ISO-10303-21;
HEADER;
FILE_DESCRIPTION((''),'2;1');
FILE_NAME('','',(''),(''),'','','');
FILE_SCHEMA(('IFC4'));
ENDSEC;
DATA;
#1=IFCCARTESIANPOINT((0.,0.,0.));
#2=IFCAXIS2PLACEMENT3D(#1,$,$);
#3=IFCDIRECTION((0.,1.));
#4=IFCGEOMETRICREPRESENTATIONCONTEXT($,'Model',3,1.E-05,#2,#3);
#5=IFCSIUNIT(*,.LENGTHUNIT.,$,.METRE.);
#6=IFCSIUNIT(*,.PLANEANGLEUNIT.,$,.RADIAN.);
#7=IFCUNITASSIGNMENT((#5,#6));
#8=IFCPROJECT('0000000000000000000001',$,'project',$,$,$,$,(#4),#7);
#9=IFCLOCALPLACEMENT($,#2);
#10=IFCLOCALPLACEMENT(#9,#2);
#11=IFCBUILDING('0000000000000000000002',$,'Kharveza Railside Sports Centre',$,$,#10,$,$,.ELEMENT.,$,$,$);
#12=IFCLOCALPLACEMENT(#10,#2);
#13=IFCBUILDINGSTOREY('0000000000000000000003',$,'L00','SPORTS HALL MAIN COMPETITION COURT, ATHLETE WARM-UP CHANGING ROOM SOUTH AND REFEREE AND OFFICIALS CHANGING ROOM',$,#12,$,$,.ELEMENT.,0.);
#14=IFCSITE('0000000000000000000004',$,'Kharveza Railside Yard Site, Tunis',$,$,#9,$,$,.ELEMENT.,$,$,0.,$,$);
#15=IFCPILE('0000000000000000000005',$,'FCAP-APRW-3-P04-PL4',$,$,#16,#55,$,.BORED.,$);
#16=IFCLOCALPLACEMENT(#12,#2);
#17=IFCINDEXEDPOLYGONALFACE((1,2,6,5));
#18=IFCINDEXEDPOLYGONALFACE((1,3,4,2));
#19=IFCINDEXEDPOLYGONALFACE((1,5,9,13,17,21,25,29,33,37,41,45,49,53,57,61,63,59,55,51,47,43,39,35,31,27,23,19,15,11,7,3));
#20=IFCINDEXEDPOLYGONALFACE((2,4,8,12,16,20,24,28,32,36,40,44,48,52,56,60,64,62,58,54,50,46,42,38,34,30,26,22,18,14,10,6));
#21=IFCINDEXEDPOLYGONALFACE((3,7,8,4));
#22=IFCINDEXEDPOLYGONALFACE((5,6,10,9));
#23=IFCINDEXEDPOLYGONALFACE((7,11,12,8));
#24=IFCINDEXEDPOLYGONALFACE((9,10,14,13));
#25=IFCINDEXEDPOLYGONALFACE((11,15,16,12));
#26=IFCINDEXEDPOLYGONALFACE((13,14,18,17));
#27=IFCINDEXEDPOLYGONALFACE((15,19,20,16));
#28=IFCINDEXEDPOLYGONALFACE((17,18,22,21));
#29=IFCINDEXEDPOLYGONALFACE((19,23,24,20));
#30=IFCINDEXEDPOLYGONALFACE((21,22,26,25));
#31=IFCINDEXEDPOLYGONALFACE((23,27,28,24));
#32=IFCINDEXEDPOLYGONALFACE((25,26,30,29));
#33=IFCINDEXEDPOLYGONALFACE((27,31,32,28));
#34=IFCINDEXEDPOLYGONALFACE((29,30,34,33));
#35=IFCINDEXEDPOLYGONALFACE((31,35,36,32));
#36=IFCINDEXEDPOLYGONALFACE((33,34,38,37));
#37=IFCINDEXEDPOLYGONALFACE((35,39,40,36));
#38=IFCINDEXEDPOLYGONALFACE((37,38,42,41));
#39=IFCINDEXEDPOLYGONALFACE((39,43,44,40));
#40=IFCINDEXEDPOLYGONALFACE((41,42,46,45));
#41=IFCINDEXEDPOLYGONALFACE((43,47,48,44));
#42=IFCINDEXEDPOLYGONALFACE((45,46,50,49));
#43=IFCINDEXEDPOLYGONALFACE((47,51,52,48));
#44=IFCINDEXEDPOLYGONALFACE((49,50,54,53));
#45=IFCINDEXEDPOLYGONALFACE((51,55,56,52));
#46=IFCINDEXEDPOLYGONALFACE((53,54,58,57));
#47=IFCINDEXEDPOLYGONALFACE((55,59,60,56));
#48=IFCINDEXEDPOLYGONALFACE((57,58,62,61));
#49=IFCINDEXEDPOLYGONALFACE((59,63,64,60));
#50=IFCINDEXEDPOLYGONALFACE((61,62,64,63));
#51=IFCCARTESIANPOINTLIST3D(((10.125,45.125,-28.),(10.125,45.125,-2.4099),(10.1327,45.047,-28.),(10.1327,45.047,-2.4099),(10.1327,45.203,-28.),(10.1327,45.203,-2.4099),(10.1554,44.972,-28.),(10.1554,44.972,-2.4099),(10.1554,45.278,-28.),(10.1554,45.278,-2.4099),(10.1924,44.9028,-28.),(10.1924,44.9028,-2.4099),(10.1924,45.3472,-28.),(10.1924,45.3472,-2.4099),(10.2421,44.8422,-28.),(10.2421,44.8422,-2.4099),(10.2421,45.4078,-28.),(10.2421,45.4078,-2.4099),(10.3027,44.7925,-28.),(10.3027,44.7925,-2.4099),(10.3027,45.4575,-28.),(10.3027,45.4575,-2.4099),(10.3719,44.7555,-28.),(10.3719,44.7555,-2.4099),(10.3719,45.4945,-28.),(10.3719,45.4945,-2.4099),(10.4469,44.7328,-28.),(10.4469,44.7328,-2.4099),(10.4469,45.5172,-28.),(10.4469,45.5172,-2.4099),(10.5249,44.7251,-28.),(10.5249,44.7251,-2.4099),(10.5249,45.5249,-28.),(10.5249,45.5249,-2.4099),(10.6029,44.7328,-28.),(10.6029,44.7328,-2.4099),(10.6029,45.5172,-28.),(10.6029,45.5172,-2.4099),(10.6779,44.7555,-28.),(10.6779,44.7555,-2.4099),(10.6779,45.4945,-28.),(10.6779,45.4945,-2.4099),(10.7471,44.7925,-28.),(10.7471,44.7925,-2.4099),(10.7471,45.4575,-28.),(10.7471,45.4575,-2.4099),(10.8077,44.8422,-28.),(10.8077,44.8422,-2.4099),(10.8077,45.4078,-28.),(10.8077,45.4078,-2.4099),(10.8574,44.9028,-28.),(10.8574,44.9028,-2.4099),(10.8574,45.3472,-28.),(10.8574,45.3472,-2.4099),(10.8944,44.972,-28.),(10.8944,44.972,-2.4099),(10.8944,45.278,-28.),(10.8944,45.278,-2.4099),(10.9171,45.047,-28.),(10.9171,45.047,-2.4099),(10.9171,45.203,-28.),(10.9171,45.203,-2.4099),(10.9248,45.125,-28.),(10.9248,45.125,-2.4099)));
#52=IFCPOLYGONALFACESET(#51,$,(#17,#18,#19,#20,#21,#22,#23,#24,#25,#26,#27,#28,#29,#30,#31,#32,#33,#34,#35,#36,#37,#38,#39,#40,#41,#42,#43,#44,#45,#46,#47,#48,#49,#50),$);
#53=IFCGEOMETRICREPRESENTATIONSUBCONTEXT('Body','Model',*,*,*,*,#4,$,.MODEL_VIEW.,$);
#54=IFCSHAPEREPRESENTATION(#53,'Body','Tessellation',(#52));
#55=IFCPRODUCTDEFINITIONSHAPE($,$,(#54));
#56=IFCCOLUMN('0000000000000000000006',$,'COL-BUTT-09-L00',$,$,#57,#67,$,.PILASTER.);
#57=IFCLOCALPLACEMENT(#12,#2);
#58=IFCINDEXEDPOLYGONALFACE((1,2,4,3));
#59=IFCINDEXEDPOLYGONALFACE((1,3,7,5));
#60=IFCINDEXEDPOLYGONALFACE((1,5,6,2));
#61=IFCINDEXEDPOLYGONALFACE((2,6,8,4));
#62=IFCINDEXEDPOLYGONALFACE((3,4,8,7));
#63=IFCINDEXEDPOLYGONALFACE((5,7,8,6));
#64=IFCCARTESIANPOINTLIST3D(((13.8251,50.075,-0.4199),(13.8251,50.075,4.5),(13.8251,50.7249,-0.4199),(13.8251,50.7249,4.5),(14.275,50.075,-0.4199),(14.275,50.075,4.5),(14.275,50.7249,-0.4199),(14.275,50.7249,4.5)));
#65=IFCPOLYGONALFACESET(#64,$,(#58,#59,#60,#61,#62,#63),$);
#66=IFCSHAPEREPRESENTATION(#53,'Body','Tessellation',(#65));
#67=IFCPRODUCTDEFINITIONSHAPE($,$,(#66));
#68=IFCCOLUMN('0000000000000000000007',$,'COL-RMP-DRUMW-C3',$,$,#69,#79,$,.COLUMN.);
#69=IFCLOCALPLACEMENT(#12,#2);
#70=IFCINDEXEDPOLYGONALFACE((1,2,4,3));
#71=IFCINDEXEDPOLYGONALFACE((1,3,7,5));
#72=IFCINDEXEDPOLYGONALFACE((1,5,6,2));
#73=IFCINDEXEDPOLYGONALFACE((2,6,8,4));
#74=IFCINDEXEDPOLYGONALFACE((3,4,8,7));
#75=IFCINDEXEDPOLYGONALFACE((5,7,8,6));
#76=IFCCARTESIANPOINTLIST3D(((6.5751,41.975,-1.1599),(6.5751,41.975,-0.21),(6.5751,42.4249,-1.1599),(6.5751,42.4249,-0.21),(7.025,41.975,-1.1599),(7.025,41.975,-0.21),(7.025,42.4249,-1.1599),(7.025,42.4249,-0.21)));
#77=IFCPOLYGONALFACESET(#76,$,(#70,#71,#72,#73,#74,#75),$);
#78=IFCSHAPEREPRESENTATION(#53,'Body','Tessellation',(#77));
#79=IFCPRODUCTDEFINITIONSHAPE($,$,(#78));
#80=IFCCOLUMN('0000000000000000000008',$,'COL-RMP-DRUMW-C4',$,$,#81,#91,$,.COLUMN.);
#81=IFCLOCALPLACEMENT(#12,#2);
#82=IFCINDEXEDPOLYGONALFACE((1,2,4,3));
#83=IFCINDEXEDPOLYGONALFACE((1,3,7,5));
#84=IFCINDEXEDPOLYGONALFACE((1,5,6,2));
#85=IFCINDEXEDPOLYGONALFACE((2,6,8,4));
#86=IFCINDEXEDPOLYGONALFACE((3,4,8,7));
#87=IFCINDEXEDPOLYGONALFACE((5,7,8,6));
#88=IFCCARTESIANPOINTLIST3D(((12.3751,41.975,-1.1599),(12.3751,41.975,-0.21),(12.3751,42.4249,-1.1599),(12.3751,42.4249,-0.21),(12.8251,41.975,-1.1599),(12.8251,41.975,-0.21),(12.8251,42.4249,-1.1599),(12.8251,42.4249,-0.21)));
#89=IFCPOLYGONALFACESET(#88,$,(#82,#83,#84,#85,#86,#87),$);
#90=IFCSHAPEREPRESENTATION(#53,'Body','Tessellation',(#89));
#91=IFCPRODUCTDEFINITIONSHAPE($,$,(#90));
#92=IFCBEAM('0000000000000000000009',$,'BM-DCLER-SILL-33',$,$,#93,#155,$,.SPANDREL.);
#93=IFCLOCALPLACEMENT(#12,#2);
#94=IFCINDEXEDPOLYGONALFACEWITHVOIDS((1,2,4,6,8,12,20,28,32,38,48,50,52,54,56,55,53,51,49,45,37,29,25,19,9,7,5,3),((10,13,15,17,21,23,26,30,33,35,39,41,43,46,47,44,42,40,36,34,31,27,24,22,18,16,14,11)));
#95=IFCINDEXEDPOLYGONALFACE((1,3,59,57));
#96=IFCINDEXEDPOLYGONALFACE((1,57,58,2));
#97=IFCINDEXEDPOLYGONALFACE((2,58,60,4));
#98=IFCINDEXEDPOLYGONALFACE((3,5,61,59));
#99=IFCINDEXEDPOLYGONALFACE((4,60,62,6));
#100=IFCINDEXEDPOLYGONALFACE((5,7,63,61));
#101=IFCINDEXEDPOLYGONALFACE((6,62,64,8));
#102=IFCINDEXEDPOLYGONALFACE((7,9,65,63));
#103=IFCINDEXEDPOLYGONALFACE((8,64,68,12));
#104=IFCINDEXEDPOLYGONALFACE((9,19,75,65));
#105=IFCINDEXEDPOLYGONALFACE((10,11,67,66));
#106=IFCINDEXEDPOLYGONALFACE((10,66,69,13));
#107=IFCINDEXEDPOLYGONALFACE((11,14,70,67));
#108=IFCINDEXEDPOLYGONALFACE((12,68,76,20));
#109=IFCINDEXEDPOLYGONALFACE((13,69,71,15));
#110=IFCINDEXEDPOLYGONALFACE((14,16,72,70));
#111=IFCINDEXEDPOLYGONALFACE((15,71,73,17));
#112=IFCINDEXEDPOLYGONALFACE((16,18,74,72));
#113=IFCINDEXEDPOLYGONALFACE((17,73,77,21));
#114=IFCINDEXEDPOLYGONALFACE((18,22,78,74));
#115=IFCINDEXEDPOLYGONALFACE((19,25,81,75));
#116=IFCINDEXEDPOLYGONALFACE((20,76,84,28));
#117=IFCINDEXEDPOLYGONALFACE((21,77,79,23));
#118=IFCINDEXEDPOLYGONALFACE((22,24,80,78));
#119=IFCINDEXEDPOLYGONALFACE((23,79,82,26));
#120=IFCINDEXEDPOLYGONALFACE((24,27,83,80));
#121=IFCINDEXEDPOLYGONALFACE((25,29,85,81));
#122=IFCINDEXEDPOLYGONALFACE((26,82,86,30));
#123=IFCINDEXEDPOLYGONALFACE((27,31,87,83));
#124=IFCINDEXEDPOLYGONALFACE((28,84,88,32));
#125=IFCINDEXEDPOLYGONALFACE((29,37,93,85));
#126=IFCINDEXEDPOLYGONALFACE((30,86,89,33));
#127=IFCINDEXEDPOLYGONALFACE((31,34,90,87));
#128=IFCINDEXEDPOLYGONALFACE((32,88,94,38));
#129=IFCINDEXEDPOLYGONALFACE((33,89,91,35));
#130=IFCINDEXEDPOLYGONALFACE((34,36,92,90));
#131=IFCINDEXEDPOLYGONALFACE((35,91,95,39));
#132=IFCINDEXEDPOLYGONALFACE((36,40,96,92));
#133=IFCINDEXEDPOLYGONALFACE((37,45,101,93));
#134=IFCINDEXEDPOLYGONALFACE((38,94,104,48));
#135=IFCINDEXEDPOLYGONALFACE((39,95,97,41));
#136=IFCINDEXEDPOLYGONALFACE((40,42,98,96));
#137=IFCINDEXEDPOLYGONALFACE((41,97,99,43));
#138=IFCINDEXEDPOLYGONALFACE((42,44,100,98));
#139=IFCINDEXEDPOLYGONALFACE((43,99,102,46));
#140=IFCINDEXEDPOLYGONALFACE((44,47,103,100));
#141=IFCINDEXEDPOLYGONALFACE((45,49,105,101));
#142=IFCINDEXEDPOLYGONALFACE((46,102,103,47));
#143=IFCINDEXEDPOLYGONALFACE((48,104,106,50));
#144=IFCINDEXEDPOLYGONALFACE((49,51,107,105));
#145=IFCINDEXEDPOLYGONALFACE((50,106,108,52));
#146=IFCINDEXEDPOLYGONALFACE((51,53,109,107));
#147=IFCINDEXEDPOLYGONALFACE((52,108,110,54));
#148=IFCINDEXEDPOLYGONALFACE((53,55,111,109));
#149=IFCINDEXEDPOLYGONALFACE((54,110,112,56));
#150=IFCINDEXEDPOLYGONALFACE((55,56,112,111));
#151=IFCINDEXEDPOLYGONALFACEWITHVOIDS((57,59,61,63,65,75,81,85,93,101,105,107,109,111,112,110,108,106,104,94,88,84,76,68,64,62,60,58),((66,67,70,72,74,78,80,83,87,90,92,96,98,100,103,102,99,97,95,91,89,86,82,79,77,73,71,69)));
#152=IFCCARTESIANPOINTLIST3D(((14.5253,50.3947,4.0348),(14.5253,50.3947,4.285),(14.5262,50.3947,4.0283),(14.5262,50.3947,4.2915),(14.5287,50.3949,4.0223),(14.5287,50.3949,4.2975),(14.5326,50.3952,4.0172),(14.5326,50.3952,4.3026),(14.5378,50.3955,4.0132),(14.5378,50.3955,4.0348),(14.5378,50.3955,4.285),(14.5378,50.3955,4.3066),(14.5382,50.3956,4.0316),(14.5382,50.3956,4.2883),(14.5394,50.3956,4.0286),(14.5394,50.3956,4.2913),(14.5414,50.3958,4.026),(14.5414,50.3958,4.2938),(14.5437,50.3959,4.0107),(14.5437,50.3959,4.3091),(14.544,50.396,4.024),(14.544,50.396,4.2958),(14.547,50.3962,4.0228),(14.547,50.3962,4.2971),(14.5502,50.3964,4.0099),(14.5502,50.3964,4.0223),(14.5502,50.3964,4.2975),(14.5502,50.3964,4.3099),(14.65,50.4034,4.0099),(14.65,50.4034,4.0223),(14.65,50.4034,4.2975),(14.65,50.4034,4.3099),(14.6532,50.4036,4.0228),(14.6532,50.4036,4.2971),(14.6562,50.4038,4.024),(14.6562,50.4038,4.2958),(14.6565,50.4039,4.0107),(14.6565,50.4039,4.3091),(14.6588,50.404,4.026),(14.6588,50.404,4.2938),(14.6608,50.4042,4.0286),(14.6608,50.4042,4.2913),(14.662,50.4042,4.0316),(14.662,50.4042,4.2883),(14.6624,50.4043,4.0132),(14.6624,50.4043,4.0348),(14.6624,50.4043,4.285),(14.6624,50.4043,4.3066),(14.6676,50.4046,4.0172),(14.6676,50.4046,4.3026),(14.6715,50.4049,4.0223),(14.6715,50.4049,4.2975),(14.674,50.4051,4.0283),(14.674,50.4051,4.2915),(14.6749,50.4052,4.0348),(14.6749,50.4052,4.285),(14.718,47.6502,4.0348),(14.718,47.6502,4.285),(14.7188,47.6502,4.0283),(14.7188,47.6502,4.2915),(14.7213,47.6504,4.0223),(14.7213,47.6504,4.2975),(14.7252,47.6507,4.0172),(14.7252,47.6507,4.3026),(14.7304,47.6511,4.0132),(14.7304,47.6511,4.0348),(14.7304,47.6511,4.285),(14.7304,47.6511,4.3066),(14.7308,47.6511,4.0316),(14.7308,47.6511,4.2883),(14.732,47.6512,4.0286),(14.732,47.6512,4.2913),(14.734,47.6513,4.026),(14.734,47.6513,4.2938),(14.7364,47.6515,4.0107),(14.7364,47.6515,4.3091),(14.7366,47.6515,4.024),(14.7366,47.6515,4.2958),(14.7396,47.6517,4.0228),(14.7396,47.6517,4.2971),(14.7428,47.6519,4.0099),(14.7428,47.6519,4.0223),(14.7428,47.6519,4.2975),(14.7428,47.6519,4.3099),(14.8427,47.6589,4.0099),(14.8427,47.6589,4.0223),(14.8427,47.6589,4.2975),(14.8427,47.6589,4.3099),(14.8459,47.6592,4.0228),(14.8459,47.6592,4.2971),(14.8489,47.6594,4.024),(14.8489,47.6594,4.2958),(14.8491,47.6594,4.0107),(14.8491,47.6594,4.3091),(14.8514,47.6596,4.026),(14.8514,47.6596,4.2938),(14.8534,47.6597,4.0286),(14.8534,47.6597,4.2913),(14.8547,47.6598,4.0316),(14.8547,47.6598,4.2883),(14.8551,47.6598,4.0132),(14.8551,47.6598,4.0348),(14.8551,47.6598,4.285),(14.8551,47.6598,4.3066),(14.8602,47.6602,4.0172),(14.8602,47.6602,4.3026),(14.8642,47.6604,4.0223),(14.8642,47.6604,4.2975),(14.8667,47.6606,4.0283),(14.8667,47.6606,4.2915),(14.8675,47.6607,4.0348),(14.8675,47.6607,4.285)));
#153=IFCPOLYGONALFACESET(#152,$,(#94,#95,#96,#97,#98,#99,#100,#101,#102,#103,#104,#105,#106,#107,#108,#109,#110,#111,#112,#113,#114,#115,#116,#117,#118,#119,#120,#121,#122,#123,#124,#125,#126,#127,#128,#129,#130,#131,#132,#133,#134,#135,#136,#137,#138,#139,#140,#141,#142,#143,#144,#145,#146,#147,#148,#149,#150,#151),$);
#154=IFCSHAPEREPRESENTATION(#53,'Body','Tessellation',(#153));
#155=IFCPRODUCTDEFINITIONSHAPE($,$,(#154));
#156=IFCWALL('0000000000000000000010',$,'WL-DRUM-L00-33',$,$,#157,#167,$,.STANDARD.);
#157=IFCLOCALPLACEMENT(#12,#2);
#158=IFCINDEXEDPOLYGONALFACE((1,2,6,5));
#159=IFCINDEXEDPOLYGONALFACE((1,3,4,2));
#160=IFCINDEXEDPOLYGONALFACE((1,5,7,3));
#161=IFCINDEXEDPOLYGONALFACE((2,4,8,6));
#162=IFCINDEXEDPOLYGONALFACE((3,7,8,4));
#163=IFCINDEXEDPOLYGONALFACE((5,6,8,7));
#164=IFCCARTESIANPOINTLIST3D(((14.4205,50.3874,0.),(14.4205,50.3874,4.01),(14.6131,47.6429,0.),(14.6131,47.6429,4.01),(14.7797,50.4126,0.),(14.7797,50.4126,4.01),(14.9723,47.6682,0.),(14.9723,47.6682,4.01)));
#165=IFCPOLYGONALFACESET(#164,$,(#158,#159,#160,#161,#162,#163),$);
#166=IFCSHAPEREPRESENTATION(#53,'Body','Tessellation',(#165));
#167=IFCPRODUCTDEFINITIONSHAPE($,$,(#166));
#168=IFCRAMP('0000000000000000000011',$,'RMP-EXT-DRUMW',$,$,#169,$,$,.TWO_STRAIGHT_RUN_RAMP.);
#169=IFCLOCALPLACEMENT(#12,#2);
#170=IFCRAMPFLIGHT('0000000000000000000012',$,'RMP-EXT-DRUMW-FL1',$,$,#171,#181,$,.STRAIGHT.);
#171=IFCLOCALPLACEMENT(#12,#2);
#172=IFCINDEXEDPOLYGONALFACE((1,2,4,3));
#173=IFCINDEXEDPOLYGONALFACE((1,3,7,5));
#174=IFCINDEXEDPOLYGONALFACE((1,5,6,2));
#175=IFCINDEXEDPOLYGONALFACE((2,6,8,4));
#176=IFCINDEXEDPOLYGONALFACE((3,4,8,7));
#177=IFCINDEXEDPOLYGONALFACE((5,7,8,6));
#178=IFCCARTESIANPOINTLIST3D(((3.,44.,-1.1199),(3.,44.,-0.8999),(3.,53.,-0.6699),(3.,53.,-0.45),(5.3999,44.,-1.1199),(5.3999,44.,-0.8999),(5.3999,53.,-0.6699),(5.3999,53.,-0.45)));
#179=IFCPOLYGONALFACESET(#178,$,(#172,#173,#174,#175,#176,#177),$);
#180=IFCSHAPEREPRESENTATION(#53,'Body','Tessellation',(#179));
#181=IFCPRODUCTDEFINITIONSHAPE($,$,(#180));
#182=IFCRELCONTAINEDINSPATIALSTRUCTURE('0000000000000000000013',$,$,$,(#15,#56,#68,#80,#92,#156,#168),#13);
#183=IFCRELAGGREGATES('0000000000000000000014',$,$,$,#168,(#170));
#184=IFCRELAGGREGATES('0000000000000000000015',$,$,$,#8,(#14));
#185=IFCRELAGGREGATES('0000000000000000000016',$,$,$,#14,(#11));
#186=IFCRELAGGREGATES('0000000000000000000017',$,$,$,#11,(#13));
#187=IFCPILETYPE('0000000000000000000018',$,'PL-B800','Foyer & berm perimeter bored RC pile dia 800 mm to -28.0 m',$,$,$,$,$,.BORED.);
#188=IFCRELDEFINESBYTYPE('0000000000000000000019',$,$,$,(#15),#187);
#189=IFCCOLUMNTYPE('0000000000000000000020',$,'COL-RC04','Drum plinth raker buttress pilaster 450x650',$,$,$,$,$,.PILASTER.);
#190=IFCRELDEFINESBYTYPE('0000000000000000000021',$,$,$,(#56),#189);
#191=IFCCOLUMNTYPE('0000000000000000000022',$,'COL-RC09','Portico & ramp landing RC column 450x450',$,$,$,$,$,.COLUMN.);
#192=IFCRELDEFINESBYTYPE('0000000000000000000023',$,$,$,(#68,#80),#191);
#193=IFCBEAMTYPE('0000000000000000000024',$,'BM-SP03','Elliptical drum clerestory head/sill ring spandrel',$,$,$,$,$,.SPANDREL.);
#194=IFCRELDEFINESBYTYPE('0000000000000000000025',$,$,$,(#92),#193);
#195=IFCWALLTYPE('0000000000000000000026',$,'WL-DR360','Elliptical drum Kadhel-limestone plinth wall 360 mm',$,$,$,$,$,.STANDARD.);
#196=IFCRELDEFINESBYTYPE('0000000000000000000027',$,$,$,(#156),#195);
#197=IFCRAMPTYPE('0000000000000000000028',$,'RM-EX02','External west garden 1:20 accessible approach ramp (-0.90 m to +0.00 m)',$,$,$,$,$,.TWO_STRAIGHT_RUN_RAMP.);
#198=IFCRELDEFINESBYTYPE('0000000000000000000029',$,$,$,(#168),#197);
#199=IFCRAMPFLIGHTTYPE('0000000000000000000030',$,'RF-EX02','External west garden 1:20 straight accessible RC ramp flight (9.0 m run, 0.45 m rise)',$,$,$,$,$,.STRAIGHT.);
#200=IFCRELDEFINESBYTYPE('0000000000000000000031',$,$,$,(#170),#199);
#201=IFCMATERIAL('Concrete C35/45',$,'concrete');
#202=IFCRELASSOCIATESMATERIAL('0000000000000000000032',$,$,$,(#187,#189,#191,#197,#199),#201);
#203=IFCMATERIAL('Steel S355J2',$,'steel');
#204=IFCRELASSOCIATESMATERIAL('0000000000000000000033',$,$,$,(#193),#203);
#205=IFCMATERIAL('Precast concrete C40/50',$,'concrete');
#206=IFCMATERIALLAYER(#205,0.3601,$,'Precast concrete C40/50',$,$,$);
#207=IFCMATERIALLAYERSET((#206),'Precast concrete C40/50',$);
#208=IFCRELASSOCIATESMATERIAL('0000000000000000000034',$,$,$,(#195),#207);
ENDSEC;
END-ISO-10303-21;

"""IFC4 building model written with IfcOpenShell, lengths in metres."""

from ifc_helpers import new_model, si_unit, direction, frame, frame_2d, origin, origin_2d, place, context, subcontext, project, spatial, polyline, rectangle, hollow_rectangle, circle, outline, extrude, material, layer, layer_set, material_profile, profile_set, type_object, element, aggregate, save


model = new_model("IFC4")

# Units and contexts
model_context = context("Model", 3, precision=1e-05, world=origin(), true_north=direction((0.0, 1.0)))
body_context = subcontext(model_context, "Body", "Model", "MODEL_VIEW")
ifc_project = project(units=[si_unit("LENGTHUNIT", "METRE"), si_unit("PLANEANGLEUNIT", "RADIAN")], contexts=[model_context])

# Site, building, storey
site_placement = place(None, origin())
site = spatial("IfcSite", under=ifc_project, at=site_placement, Name="Kharveza Railside Yard Site, Tunis", CompositionType="ELEMENT", RefElevation=0.0)
building_placement = place(site_placement, origin())
building = spatial("IfcBuilding", under=site, at=building_placement, Name="Kharveza Railside Sports Centre", CompositionType="ELEMENT")
storey_placement = place(building_placement, origin())
storey = spatial("IfcBuildingStorey", under=building, at=storey_placement, Name="L00", Description="SPORTS HALL MAIN COMPETITION COURT, ATHLETE WARM-UP CHANGING ROOM SOUTH AND REFEREE AND OFFICIALS CHANGING ROOM", CompositionType="ELEMENT", Elevation=0.0)

# Shared definitions
ifc_material_1 = material(Name="Concrete C35/45", Category="concrete")

# Pile
ifc_material_profile_1 = material_profile(ifc_material_1, circle(Radius=0.3999, at=origin_2d()), Name="PILE D800")
ifc_profile_set_1 = profile_set([ifc_material_profile_1], Name="Concrete C35/45")
pile_type_1 = type_object("IfcPileType", Name="PL-B800", Description="Foyer & berm perimeter bored RC pile dia 800 mm to -28.0 m", PredefinedType="BORED", material=ifc_profile_set_1)
for number, where, z_axis, x_axis, name in (
    (1, (10.5249, 45.125, -2.4099), (0.0, 0.0, -1.0), (1.0, 0.0, 0.0), "FCAP-APRW-3-P04-PL4"),
):
    element("IfcPile", number, at=place(storey_placement, frame(where, z_axis=z_axis, x_axis=x_axis)), inside=storey, type_object=pile_type_1, Name=name, PredefinedType="BORED", context=body_context, shape_type="SweptSolid", body=[
        extrude(circle(Radius=0.3999, at=origin_2d()), origin(), (0.0, 0.0, 1.0), 25.5901),
    ])

# Columns
ifc_material_profile_2 = material_profile(ifc_material_1, rectangle(XDim=0.45, YDim=0.6499, at=origin_2d()), Name="RC 450x650")
ifc_profile_set_2 = profile_set([ifc_material_profile_2], Name="Concrete C35/45")
column_type_1 = type_object("IfcColumnType", Name="COL-RC04", Description="Drum plinth raker buttress pilaster 450x650", PredefinedType="PILASTER", material=ifc_profile_set_2)
column_placement = place(storey_placement, frame((14.05, 50.3999, -0.4199), z_axis=(0.0, 0.0, 1.0), x_axis=(-1.0, 0.0, 0.0)))
element("IfcColumn", 2, at=column_placement, inside=storey, type_object=column_type_1, Name="COL-BUTT-09-L00", PredefinedType="PILASTER", context=body_context, shape_type="SweptSolid", body=[
    extrude(rectangle(XDim=0.45, YDim=0.6499, at=origin_2d()), origin(), (0.0, 0.0, 1.0), 4.9199),
])
ifc_material_profile_3 = material_profile(ifc_material_1, rectangle(XDim=0.45, YDim=0.45, at=origin_2d()), Name="RC 450x450")
ifc_profile_set_3 = profile_set([ifc_material_profile_3], Name="Concrete C35/45")
column_type_2 = type_object("IfcColumnType", Name="COL-RC09", Description="Portico & ramp landing RC column 450x450", PredefinedType="COLUMN", material=ifc_profile_set_3)
for number, where, z_axis, x_axis, name in (
    (3, (6.8, 42.2, -1.1599), (0.0, 0.0, 1.0), (1.0, 0.0, 0.0), "COL-RMP-DRUMW-C3"),
    (4, (12.6001, 42.2, -1.1599), (0.0, 0.0, 1.0), (1.0, 0.0, 0.0), "COL-RMP-DRUMW-C4"),
):
    element("IfcColumn", number, at=place(storey_placement, frame(where, z_axis=z_axis, x_axis=x_axis)), inside=storey, type_object=column_type_2, Name=name, PredefinedType="COLUMN", context=body_context, shape_type="SweptSolid", body=[
        extrude(rectangle(XDim=0.45, YDim=0.45, at=origin_2d()), origin(), (0.0, 0.0, 1.0), 0.95),
    ])

# Beam
ifc_material_2 = material(Name="Steel S355J2", Category="steel")
ifc_material_profile_4 = material_profile(ifc_material_2, hollow_rectangle(XDim=0.1499, YDim=0.3, WallThickness=0.0125, InnerFilletRadius=0.0125, OuterFilletRadius=0.0249, at=origin_2d()), Name="RHS 150x300x12.5")
ifc_profile_set_4 = profile_set([ifc_material_profile_4], Name="Steel S355J2")
beam_type = type_object("IfcBeamType", Name="BM-SP03", Description="Elliptical drum clerestory head/sill ring spandrel", PredefinedType="SPANDREL", material=ifc_profile_set_4)
beam_placement = place(storey_placement, frame((14.6001, 50.3999, 4.1599), z_axis=(0.070017, -0.997546, 0.0), x_axis=(0.997546, 0.070017, 0.0)))
element("IfcBeam", 5, at=beam_placement, inside=storey, type_object=beam_type, Name="BM-DCLER-SILL-33", PredefinedType="SPANDREL", context=body_context, shape_type="SweptSolid", body=[
    extrude(hollow_rectangle(XDim=0.1499, YDim=0.3, WallThickness=0.0125, InnerFilletRadius=0.0125, OuterFilletRadius=0.0249, at=origin_2d()), origin(), (0.0, 0.0, 1.0), 2.7512),
])

# Wall
ifc_material_3 = material(Name="Precast concrete C40/50", Category="concrete")
ifc_layer = layer(ifc_material_3, 0.3601, Name="Precast concrete C40/50")
ifc_layer_set = layer_set([ifc_layer], Name="Precast concrete C40/50")
wall_type = type_object("IfcWallType", Name="WL-DR360", Description="Elliptical drum Kadhel-limestone plinth wall 360 mm", PredefinedType="STANDARD", material=ifc_layer_set)
wall_placement = place(storey_placement, frame((14.6001, 50.3999, 0.0), z_axis=(0.0, 0.0, 1.0), x_axis=(0.070017, -0.997546, 0.0)))
element("IfcWall", 6, at=wall_placement, inside=storey, type_object=wall_type, Name="WL-DRUM-L00-33", PredefinedType="STANDARD", context=body_context, shape_type="SweptSolid", body=[
    extrude(rectangle(XDim=2.7512, YDim=0.3601, at=frame_2d((1.3755, 0.0))), origin(), (0.0, 0.0, 1.0), 4.01),
])

# Ramp, ramp flight
ramp_type = type_object("IfcRampType", Name="RM-EX02", Description="External west garden 1:20 accessible approach ramp (-0.90 m to +0.00 m)", PredefinedType="TWO_STRAIGHT_RUN_RAMP", material=ifc_material_1)
ramp_placement = place(storey_placement, origin())
ramp = element("IfcRamp", 7, at=ramp_placement, inside=storey, type_object=ramp_type, Name="RMP-EXT-DRUMW", PredefinedType="TWO_STRAIGHT_RUN_RAMP")
ramp_flight_type = type_object("IfcRampFlightType", Name="RF-EX02", Description="External west garden 1:20 straight accessible RC ramp flight (9.0 m run, 0.45 m rise)", PredefinedType="STRAIGHT", material=ifc_material_1)
ramp_flight_placement = place(storey_placement, frame((4.2, 44.0, -0.8999), z_axis=(0.0, 0.0, 1.0), x_axis=(0.0, 1.0, 0.0)))
ramp_flight = element("IfcRampFlight", 8, at=ramp_flight_placement, type_object=ramp_flight_type, Name="RMP-EXT-DRUMW-FL1", PredefinedType="STRAIGHT", context=body_context, shape_type="SweptSolid", body=[
    extrude(outline(polyline([(0.0, 0.0), (0.0, -0.22), (9.0, 0.23), (9.0, 0.45), (0.0, 0.0)])), frame((0.0, 1.2, 0.0), z_axis=(0.0, -1.0, 0.0), x_axis=(1.0, 0.0, 0.0)), (0.0, 0.0, 1.0), 2.3999),
])
aggregate(ramp, [ramp_flight])

save(model, "model.ifc")
